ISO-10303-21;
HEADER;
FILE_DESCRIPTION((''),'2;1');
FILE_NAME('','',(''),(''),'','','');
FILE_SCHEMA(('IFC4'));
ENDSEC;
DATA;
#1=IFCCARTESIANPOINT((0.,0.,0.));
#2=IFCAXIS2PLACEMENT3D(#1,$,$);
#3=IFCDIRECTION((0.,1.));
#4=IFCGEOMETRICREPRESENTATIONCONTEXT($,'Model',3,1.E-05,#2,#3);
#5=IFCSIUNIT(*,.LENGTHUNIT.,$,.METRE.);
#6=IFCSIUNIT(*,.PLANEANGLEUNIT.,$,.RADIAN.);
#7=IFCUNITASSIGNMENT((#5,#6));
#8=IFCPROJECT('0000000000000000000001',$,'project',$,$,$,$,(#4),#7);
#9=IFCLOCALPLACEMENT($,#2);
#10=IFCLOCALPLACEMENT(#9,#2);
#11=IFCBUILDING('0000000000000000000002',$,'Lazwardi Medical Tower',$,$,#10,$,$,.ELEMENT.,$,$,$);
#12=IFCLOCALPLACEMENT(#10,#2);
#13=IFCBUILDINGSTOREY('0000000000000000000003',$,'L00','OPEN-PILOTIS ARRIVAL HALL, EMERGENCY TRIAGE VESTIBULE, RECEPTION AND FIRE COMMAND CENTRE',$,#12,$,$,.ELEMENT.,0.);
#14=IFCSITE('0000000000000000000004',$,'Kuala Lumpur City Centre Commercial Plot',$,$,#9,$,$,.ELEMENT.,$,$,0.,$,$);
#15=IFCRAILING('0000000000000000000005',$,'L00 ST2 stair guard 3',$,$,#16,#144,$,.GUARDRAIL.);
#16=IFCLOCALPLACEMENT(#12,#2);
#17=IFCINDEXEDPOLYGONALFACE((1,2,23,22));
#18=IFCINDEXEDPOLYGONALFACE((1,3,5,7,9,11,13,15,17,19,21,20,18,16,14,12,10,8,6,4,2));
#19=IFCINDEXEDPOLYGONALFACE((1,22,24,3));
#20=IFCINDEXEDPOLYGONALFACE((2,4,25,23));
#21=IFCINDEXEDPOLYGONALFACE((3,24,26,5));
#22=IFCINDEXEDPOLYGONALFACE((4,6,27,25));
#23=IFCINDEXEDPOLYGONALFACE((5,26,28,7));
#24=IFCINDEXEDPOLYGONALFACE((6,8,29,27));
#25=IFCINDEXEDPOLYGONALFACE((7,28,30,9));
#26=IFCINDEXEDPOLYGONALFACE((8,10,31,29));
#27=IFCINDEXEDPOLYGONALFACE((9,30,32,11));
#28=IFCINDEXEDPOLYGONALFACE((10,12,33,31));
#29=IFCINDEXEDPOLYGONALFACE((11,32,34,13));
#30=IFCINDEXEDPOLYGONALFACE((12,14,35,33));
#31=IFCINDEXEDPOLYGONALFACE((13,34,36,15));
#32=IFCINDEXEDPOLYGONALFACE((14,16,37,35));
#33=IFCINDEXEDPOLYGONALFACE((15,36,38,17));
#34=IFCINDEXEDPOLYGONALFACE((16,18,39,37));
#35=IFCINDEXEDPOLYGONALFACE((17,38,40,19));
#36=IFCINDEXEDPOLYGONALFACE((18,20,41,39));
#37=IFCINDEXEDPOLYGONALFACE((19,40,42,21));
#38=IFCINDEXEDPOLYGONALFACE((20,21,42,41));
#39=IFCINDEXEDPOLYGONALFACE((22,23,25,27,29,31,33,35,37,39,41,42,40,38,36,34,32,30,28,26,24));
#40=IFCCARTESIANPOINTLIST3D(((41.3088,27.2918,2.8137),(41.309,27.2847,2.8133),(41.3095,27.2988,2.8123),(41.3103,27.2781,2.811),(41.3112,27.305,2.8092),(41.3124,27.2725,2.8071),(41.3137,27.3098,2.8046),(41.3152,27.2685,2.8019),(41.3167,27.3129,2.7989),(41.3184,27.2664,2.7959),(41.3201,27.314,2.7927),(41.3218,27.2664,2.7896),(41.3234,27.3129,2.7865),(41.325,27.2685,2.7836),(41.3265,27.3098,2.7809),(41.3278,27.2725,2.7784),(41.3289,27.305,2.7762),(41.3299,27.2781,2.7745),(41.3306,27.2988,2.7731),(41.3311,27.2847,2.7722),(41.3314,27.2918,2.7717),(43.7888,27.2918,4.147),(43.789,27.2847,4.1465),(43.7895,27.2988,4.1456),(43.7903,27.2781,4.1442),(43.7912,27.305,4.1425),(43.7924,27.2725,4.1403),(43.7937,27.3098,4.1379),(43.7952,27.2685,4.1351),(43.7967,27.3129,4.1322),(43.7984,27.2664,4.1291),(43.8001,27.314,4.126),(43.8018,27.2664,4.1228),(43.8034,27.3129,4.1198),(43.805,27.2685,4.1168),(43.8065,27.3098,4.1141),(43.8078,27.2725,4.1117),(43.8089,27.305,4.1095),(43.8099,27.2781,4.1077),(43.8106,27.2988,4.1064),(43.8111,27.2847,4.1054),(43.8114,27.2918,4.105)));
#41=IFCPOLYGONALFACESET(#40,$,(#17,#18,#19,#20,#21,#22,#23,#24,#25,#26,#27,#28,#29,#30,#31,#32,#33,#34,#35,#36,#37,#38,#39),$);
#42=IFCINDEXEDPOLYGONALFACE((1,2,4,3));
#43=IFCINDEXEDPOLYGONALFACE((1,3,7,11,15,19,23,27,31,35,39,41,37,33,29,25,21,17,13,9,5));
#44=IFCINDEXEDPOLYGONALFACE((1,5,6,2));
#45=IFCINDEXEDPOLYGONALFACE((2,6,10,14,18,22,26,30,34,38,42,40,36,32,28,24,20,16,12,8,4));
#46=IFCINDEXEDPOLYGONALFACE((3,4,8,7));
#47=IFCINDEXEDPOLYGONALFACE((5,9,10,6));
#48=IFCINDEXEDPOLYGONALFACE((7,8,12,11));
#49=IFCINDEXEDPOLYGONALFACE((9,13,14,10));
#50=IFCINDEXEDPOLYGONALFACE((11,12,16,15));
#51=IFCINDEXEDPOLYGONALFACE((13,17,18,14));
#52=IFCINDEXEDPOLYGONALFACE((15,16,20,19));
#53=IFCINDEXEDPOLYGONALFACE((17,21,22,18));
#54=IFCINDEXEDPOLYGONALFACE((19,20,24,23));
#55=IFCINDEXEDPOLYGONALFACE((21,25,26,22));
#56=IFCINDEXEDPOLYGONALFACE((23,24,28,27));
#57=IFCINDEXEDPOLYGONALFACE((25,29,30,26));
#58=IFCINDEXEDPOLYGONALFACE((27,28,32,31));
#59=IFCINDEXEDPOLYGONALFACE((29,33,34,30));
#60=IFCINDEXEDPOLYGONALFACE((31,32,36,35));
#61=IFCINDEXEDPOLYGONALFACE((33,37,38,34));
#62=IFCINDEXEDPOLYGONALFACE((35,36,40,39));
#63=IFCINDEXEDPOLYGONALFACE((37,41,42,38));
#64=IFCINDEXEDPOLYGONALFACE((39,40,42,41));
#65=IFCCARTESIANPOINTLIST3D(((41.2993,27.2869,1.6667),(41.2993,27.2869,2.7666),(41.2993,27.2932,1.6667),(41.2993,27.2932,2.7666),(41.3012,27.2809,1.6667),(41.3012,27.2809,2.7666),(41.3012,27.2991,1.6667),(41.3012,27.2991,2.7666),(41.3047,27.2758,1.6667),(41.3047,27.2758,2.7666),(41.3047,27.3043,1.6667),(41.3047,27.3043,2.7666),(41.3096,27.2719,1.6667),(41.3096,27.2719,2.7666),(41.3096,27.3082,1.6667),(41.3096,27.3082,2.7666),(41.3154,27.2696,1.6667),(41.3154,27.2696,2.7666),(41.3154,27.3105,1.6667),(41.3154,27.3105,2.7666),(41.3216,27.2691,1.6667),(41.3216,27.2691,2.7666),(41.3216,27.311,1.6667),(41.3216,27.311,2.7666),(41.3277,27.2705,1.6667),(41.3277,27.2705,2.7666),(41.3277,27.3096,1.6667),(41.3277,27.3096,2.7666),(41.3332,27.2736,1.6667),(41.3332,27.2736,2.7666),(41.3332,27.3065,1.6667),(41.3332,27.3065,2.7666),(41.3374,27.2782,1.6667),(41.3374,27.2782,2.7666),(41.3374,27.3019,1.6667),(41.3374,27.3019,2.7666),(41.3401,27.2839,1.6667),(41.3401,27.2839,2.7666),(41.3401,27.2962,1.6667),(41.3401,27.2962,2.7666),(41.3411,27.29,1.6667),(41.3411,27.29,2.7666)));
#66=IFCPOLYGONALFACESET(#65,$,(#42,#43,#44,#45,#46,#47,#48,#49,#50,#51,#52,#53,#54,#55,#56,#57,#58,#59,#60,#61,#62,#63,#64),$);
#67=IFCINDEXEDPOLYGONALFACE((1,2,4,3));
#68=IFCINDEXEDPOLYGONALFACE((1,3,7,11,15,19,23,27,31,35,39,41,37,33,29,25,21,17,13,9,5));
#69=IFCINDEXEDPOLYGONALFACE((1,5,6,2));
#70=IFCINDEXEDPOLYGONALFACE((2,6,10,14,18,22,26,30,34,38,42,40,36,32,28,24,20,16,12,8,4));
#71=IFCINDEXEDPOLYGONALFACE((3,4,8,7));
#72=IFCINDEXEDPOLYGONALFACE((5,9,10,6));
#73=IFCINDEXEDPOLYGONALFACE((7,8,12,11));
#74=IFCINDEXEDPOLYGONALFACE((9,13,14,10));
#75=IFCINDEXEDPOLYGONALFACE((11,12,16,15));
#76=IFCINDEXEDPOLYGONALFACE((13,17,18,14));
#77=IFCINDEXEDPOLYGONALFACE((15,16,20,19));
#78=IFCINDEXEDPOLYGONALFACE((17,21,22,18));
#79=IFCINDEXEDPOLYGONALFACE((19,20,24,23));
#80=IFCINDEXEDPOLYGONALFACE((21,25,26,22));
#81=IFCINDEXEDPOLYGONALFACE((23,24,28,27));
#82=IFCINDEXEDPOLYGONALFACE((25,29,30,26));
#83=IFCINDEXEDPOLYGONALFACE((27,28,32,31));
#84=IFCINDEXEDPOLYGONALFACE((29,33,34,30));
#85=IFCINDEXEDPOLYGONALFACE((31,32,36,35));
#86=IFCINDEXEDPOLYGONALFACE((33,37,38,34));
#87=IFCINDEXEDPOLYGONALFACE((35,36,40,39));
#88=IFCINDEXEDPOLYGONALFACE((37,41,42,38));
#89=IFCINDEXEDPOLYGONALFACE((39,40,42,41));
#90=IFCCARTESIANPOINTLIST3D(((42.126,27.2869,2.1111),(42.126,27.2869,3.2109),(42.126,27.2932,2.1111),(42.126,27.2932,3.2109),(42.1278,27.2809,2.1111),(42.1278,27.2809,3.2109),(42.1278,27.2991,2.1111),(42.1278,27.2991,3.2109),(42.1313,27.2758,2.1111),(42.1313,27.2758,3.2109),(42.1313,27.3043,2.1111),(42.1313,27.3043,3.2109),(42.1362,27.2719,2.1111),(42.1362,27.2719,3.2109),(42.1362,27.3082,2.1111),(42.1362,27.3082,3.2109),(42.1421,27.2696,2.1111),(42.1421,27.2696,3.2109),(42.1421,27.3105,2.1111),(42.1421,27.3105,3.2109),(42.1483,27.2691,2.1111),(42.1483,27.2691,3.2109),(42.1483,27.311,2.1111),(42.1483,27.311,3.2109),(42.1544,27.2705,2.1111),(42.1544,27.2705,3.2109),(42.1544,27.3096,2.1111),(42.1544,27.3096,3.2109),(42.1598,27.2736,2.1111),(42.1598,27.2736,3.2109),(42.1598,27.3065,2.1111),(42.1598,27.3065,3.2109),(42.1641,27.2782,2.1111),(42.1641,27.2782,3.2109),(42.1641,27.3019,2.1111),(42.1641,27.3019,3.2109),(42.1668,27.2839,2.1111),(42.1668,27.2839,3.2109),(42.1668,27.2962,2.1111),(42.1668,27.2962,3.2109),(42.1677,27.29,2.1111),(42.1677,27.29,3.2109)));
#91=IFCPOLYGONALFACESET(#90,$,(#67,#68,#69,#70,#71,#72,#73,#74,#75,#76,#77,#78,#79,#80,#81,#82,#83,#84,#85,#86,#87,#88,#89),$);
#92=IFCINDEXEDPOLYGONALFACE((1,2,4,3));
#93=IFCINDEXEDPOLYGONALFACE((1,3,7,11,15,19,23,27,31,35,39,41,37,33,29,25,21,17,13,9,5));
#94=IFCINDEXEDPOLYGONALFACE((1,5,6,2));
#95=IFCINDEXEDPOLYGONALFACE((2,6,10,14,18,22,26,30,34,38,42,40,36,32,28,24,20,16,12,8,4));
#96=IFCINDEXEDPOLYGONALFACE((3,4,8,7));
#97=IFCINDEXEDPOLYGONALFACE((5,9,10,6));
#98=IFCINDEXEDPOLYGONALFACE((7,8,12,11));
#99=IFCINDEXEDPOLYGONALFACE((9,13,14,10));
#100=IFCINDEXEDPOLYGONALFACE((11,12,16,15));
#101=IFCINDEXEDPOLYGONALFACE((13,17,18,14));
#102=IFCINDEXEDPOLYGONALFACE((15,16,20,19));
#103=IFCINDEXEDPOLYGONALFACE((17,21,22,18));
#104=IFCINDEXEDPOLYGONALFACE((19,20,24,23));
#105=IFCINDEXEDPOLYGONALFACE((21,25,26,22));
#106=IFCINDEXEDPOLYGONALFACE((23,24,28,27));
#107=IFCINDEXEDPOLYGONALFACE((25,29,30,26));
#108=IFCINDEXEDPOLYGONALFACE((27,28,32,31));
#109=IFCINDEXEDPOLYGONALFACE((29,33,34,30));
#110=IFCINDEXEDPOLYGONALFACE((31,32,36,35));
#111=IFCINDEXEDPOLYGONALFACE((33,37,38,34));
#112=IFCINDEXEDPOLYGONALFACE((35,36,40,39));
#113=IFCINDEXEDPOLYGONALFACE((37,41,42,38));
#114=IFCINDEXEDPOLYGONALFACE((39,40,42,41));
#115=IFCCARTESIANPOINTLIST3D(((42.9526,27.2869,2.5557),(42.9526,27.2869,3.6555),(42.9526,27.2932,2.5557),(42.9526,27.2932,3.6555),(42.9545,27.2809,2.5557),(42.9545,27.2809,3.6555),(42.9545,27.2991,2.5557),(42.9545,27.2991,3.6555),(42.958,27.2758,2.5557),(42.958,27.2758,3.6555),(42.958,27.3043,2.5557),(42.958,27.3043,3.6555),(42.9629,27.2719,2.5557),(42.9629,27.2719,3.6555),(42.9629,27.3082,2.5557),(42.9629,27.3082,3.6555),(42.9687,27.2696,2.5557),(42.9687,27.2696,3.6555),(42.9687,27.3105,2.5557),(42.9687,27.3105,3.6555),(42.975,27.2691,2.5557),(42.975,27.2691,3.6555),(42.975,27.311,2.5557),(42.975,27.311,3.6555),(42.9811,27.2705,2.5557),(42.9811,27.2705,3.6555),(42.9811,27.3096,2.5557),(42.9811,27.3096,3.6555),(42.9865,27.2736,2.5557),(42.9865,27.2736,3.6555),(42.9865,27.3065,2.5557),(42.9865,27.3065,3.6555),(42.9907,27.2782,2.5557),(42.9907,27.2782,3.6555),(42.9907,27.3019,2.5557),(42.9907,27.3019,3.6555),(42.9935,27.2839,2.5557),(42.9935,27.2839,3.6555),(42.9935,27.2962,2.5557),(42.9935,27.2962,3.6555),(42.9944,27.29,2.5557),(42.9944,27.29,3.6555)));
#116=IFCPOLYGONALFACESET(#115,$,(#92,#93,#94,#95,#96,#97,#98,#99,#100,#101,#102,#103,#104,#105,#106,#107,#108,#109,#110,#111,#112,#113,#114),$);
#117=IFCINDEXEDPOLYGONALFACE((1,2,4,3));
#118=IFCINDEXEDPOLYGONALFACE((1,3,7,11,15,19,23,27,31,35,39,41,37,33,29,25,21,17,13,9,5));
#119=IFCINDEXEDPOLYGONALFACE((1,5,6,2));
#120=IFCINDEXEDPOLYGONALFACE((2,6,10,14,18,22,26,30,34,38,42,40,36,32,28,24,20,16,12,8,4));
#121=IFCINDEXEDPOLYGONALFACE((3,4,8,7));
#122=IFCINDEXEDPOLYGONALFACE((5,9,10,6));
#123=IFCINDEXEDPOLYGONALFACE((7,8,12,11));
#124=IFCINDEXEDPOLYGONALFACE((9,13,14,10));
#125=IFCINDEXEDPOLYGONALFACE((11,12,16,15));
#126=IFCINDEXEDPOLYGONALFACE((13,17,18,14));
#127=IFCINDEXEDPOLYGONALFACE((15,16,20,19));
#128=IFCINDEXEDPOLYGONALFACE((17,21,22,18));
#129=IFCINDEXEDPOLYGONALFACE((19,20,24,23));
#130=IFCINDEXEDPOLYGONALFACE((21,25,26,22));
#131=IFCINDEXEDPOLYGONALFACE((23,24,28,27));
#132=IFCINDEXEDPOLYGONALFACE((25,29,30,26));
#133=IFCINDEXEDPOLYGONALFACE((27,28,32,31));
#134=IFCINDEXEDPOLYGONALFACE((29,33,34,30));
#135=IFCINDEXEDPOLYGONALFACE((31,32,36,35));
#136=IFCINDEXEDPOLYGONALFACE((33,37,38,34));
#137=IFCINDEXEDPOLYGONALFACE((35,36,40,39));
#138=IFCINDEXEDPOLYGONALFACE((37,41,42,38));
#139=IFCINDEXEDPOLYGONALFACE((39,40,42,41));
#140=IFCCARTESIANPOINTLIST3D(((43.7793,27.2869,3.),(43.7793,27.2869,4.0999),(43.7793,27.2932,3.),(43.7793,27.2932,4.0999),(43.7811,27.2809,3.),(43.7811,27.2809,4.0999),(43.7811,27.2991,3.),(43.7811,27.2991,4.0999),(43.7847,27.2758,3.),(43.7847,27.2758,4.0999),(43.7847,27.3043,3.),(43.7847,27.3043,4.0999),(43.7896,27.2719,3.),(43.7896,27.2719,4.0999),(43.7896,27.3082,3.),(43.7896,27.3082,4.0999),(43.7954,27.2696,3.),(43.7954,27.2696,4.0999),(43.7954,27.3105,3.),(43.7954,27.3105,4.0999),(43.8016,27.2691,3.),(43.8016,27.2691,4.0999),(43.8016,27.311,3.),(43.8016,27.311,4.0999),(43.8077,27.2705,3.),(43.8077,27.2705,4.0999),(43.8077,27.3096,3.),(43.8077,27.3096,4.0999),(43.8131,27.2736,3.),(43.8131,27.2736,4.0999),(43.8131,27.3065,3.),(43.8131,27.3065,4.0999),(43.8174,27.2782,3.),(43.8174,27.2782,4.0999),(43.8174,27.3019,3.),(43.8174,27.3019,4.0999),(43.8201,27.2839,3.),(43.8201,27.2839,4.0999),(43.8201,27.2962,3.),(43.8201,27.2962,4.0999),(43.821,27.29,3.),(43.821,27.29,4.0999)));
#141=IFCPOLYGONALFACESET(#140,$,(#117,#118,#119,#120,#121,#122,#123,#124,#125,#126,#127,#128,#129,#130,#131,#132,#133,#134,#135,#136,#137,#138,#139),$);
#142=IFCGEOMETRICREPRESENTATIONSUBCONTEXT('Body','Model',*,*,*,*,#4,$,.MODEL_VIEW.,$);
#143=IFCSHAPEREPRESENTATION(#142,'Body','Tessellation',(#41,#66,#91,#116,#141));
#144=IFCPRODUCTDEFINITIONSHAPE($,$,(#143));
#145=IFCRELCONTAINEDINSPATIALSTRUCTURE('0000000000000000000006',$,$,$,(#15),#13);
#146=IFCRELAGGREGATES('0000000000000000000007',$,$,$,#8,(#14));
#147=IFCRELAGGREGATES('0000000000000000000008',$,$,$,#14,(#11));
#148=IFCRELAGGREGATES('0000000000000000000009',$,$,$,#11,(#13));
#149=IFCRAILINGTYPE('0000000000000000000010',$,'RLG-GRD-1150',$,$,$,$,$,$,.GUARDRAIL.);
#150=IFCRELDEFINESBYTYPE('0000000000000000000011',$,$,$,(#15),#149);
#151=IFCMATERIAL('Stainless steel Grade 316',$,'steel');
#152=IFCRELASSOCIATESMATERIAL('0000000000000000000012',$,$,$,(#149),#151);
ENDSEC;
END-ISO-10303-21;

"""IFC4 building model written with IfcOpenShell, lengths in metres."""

from ifc_helpers import new_model, si_unit, direction, frame, origin, origin_2d, place, context, subcontext, project, spatial, circle, extrude, material, type_object, element, save


model = new_model("IFC4")

# Units and contexts
model_context = context("Model", 3, precision=1e-05, world=origin(), true_north=direction((0.0, 1.0)))
body_context = subcontext(model_context, "Body", "Model", "MODEL_VIEW")
ifc_project = project(units=[si_unit("LENGTHUNIT", "METRE"), si_unit("PLANEANGLEUNIT", "RADIAN")], contexts=[model_context])

# Site, building, storey
site_placement = place(None, origin())
site = spatial("IfcSite", under=ifc_project, at=site_placement, Name="Kuala Lumpur City Centre Commercial Plot", CompositionType="ELEMENT", RefElevation=0.0)
building_placement = place(site_placement, origin())
building = spatial("IfcBuilding", under=site, at=building_placement, Name="Lazwardi Medical Tower", CompositionType="ELEMENT")
storey_placement = place(building_placement, origin())
storey = spatial("IfcBuildingStorey", under=building, at=storey_placement, Name="L00", Description="OPEN-PILOTIS ARRIVAL HALL, EMERGENCY TRIAGE VESTIBULE, RECEPTION AND FIRE COMMAND CENTRE", CompositionType="ELEMENT", Elevation=0.0)

# Railing
ifc_material_1 = material(Name="Stainless steel Grade 316", Category="steel")
railing_type_1 = type_object("IfcRailingType", Name="RLG-GRD-1150", PredefinedType="GUARDRAIL", material=ifc_material_1)
railing_1_placement = place(storey_placement, frame((41.3201, 27.29, 1.6667)))
element("IfcRailing", 1, at=railing_1_placement, inside=storey, type_object=railing_type_1, Name="L00 ST2 stair guard 3", PredefinedType="GUARDRAIL", context=body_context, shape_type="SweptSolid", body=[
    extrude(circle(Radius=0.0239, at=origin_2d()), frame((0.0, 0.0, 1.126), z_axis=(0.880786, 0.0, 0.473515), x_axis=(0.0, 1.0, 0.0)), (0.0, 0.0, 1.0), 2.8157),
    extrude(circle(Radius=0.021, at=origin_2d()), origin(), (0.0, 0.0, 1.0), 1.0999),
    extrude(circle(Radius=0.021, at=origin_2d()), frame((0.8267, 0.0, 0.4443)), (0.0, 0.0, 1.0), 1.0999),
    extrude(circle(Radius=0.021, at=origin_2d()), frame((1.6533, 0.0, 0.8889)), (0.0, 0.0, 1.0), 1.0999),
    extrude(circle(Radius=0.021, at=origin_2d()), frame((2.48, 0.0, 1.3333)), (0.0, 0.0, 1.0), 1.0999),
])

save(model, "model.ifc")
